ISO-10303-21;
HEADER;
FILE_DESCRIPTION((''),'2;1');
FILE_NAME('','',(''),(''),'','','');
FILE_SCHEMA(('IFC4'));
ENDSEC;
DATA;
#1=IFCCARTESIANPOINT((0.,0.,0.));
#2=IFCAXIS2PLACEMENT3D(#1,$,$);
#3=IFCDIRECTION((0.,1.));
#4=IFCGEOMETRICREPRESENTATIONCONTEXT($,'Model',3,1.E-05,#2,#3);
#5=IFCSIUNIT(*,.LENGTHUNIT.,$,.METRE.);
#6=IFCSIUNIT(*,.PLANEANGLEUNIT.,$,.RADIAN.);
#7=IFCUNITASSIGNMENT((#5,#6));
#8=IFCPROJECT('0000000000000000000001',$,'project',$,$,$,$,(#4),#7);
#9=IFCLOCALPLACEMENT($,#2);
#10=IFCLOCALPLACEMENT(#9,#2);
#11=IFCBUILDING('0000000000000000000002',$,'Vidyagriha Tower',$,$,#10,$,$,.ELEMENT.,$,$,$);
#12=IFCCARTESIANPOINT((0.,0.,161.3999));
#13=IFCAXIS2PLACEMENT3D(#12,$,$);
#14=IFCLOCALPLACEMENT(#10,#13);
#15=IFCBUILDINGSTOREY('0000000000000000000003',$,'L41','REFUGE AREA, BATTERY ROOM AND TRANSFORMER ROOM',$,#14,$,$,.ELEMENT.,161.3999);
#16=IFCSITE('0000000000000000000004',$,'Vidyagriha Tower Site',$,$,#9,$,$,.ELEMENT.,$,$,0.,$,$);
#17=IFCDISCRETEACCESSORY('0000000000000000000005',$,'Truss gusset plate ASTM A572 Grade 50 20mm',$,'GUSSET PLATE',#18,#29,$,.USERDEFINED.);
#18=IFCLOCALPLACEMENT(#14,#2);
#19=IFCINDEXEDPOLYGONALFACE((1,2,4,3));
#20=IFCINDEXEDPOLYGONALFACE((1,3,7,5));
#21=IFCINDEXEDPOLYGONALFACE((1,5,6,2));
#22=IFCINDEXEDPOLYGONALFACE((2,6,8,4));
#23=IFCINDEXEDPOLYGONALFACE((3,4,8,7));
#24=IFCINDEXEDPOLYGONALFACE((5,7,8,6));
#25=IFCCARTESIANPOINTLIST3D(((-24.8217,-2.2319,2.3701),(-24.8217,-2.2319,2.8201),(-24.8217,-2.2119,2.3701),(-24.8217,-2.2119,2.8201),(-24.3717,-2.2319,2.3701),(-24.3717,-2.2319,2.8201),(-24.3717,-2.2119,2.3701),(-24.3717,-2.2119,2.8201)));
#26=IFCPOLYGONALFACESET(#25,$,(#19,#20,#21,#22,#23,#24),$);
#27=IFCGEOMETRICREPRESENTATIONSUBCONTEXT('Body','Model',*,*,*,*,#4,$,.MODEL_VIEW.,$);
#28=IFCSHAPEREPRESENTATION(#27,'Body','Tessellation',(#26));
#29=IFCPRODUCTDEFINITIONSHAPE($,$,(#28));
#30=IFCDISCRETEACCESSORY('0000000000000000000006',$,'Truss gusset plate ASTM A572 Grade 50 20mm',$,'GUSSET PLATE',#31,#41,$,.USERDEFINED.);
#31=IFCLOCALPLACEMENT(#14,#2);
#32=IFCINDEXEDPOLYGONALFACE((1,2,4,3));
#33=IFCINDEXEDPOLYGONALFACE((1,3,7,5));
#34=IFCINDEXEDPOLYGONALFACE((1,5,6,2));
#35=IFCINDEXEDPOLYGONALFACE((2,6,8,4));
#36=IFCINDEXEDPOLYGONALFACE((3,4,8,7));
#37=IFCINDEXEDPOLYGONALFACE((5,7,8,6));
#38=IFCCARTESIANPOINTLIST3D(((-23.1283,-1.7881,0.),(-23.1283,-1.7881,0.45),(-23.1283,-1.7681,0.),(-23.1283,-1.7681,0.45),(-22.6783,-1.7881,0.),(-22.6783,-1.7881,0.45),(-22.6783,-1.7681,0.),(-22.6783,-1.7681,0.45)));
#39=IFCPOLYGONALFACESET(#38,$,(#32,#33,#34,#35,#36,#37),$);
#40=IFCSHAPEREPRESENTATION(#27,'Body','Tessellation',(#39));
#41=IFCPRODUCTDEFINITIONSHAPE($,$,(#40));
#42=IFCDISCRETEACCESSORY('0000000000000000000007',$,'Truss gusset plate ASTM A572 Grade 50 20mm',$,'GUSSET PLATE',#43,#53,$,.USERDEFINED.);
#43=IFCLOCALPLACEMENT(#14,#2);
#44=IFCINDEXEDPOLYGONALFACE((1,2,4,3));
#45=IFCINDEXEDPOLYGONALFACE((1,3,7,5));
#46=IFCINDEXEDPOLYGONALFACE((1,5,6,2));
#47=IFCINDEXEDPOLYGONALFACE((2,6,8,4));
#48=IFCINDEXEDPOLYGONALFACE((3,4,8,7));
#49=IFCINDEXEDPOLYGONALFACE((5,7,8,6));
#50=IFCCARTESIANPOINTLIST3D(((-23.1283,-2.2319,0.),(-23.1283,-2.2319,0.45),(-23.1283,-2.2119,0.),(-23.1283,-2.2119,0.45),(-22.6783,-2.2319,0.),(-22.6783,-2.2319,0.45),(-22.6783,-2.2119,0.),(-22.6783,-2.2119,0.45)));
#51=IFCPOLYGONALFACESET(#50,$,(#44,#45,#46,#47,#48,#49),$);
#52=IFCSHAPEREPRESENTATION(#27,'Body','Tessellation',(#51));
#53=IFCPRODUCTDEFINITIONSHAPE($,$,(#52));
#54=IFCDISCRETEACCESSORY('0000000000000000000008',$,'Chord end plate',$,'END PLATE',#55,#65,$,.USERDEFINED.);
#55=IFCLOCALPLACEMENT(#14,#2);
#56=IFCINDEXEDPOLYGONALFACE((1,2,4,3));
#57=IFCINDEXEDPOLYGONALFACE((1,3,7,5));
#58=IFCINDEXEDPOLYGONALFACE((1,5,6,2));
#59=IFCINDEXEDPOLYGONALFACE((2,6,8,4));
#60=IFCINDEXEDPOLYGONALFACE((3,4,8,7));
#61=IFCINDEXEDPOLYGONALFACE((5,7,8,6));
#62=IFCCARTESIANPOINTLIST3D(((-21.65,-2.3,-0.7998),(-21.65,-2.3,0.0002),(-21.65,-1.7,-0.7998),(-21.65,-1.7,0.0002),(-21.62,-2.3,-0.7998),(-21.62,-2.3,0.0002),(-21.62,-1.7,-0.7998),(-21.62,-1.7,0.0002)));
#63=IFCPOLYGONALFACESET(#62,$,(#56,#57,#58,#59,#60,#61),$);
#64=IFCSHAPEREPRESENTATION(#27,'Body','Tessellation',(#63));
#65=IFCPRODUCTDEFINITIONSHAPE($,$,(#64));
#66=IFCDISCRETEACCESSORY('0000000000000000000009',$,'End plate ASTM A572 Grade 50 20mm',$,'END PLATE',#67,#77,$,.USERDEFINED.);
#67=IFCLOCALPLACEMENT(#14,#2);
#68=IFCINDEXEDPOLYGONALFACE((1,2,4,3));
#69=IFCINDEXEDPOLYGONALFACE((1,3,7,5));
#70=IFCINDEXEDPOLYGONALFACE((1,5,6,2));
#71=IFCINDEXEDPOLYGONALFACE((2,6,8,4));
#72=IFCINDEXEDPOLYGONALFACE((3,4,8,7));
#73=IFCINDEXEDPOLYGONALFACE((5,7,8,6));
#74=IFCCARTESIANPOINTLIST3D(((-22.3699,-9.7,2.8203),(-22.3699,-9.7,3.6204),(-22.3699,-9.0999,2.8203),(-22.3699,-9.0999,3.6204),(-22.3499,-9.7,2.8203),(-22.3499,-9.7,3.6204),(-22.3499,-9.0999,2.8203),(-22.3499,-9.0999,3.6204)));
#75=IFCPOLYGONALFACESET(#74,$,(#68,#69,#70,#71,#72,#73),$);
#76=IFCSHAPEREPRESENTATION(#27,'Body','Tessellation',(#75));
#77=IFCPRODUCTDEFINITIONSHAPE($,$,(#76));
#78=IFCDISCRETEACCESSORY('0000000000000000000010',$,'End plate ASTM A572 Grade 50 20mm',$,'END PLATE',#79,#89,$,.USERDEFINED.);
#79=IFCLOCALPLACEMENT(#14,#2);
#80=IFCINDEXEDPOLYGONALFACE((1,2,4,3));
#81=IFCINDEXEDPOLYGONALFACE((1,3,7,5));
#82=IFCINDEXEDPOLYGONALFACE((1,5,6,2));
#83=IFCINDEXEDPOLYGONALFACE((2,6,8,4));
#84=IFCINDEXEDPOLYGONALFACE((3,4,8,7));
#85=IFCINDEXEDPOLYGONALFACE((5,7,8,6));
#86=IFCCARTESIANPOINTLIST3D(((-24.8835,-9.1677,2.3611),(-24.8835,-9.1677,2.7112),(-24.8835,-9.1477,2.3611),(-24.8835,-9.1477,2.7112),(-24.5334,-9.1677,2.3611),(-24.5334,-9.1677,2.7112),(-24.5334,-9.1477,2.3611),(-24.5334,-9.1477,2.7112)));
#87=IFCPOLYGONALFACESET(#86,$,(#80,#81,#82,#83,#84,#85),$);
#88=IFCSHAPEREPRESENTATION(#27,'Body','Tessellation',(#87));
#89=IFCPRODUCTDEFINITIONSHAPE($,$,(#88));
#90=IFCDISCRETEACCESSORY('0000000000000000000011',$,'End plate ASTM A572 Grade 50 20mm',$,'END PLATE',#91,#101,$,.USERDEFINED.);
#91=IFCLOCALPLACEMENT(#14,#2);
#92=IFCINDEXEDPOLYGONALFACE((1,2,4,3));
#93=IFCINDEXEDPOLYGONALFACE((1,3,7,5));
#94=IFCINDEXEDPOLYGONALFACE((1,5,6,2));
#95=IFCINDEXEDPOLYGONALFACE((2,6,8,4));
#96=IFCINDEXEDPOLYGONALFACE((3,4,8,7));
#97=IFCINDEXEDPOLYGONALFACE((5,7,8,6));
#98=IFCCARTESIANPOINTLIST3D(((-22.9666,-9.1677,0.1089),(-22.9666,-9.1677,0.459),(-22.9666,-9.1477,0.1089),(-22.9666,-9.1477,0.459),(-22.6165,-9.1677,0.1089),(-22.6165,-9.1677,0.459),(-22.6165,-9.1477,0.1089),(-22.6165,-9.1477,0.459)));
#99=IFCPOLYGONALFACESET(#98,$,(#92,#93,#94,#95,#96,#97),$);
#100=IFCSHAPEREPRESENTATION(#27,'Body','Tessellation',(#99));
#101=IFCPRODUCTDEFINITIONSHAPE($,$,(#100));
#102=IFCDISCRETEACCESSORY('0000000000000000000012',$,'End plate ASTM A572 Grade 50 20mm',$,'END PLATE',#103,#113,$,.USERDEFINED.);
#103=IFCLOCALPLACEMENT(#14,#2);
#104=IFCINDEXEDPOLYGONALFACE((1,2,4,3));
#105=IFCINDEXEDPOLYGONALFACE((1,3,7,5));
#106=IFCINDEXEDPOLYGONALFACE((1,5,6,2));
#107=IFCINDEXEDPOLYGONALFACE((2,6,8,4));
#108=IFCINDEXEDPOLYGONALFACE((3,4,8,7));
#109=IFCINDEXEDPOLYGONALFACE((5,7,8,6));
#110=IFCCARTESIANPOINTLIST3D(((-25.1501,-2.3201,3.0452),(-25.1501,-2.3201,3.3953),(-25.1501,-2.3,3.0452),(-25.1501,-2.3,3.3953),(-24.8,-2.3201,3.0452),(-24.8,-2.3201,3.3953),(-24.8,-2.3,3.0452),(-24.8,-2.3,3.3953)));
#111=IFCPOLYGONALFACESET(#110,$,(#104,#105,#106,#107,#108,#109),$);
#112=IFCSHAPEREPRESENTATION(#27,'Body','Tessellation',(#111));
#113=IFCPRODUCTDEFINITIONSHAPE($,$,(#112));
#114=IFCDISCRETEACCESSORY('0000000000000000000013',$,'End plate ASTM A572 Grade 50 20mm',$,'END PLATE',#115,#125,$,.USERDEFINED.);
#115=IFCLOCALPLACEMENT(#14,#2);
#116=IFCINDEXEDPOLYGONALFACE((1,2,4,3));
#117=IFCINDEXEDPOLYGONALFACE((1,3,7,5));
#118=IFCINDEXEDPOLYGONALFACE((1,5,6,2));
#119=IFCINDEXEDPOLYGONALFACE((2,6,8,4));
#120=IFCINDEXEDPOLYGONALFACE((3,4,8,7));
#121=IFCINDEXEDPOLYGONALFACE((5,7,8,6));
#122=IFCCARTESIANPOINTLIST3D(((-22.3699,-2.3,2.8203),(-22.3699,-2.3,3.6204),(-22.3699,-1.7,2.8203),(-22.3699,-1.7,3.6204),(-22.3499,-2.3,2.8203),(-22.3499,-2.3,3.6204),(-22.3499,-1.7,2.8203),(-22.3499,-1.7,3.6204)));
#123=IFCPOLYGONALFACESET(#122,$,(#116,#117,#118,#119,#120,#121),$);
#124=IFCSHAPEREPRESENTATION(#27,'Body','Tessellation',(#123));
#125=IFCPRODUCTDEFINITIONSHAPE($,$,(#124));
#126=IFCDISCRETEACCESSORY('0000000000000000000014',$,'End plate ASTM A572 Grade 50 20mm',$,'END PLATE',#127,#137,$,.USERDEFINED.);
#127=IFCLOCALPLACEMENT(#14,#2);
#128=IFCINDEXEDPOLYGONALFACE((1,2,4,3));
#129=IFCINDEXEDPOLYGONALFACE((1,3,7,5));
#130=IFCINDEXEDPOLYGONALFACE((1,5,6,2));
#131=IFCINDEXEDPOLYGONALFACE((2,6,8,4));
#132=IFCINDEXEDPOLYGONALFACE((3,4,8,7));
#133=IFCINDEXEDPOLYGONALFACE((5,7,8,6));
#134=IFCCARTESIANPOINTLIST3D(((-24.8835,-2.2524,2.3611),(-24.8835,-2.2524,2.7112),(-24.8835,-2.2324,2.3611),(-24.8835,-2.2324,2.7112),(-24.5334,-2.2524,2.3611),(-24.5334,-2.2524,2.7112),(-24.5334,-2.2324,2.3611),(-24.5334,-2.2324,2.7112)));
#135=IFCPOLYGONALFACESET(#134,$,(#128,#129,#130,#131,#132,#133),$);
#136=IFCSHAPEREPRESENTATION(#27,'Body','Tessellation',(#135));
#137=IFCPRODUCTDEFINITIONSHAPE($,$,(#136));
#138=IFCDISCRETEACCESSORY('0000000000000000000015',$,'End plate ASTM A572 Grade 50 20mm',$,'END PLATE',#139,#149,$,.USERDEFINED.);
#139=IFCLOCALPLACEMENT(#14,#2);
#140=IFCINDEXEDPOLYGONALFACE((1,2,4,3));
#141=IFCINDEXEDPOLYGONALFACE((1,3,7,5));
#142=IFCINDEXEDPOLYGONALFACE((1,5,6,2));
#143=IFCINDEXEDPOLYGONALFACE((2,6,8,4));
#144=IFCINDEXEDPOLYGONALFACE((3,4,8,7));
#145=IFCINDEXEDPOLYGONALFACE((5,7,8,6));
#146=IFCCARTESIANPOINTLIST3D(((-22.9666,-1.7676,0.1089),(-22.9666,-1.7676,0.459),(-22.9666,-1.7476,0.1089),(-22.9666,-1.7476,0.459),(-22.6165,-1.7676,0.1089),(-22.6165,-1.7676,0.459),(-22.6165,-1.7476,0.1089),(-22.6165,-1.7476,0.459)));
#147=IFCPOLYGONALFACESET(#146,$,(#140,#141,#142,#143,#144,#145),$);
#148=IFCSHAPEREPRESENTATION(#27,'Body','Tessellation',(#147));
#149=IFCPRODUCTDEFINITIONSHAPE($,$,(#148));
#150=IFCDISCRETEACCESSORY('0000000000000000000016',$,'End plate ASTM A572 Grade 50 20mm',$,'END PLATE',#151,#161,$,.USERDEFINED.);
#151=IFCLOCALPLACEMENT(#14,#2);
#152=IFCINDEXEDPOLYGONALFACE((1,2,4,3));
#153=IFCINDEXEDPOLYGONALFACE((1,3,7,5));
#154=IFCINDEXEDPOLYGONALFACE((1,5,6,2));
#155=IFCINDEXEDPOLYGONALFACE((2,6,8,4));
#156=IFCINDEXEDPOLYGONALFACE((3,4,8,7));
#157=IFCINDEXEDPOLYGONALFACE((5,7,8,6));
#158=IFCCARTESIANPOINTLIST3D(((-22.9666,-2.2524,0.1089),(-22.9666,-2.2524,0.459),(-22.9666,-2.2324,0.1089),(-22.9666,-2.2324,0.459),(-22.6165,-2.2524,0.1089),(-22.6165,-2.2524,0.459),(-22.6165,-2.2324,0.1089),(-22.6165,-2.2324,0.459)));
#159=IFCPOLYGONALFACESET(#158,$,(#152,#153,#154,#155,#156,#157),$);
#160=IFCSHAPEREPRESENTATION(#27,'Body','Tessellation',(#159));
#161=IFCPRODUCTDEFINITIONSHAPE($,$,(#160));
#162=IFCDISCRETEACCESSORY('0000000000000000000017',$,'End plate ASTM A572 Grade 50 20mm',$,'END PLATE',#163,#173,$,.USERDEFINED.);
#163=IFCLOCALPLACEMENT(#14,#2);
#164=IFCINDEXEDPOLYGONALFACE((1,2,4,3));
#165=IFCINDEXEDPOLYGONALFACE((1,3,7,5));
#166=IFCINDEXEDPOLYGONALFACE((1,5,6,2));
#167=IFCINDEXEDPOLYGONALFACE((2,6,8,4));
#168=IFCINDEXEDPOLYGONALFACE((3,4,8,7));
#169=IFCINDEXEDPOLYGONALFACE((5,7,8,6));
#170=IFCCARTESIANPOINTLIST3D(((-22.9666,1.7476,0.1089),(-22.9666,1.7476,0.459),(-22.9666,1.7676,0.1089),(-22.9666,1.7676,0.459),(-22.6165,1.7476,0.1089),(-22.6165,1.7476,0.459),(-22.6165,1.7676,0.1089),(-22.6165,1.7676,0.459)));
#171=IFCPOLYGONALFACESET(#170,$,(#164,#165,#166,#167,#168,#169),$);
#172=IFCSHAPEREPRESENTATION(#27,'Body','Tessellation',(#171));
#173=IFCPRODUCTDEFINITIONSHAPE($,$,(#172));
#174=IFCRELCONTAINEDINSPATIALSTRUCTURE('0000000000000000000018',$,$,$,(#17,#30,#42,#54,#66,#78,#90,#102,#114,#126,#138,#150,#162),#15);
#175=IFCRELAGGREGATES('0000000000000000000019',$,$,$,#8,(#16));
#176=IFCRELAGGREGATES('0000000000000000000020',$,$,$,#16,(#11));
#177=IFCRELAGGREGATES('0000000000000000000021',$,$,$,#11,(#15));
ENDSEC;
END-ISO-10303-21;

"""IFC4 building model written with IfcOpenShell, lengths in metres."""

from ifc_helpers import new_model, si_unit, direction, frame, origin, origin_2d, place, context, subcontext, project, spatial, rectangle, extrude, element, save


model = new_model("IFC4")

# Units and contexts
model_context = context("Model", 3, precision=1e-05, world=origin(), true_north=direction((0.0, 1.0)))
body_context = subcontext(model_context, "Body", "Model", "MODEL_VIEW")
ifc_project = project(units=[si_unit("LENGTHUNIT", "METRE"), si_unit("PLANEANGLEUNIT", "RADIAN")], contexts=[model_context])

# Site, building, storey
site_placement = place(None, origin())
site = spatial("IfcSite", under=ifc_project, at=site_placement, Name="Vidyagriha Tower Site", CompositionType="ELEMENT", RefElevation=0.0)
building_placement = place(site_placement, origin())
building = spatial("IfcBuilding", under=site, at=building_placement, Name="Vidyagriha Tower", CompositionType="ELEMENT")
storey_placement = place(building_placement, frame((0.0, 0.0, 161.3999)))
storey = spatial("IfcBuildingStorey", under=building, at=storey_placement, Name="L41", Description="REFUGE AREA, BATTERY ROOM AND TRANSFORMER ROOM", CompositionType="ELEMENT", Elevation=161.3999)

# Discrete accessories
for number, where, name in (
    (1, (-24.5967, -2.2219, 2.3701), "Truss gusset plate ASTM A572 Grade 50 20mm"),
    (2, (-22.9033, -1.7781, 0.0), "Truss gusset plate ASTM A572 Grade 50 20mm"),
    (3, (-22.9033, -2.2219, 0.0), "Truss gusset plate ASTM A572 Grade 50 20mm"),
):
    element("IfcDiscreteAccessory", number, at=place(storey_placement, frame(where)), inside=storey, Name=name, ObjectType="GUSSET PLATE", PredefinedType="USERDEFINED", context=body_context, shape_type="SweptSolid", body=[
        extrude(rectangle(XDim=0.45, YDim=0.02, at=origin_2d()), origin(), (0.0, 0.0, 1.0), 0.45),
    ])
discrete_accessory_1_placement = place(storey_placement, frame((-21.635, -2.0, -0.7998)))
element("IfcDiscreteAccessory", 4, at=discrete_accessory_1_placement, inside=storey, Name="Chord end plate", ObjectType="END PLATE", PredefinedType="USERDEFINED", context=body_context, shape_type="SweptSolid", body=[
    extrude(rectangle(XDim=0.03, YDim=0.6001, at=origin_2d()), origin(), (0.0, 0.0, 1.0), 0.8),
])
discrete_accessory_2_placement = place(storey_placement, frame((-22.3599, -9.3999, 2.8203)))
element("IfcDiscreteAccessory", 5, at=discrete_accessory_2_placement, inside=storey, Name="End plate ASTM A572 Grade 50 20mm", ObjectType="END PLATE", PredefinedType="USERDEFINED", context=body_context, shape_type="SweptSolid", body=[
    extrude(rectangle(XDim=0.02, YDim=0.6001, at=origin_2d()), origin(), (0.0, 0.0, 1.0), 0.8),
])
discrete_accessory_3_placement = place(storey_placement, frame((-24.7085, -9.1577, 2.3611), z_axis=(0.0, 0.0, 1.0), x_axis=(-1.0, 0.0, 0.0)))
element("IfcDiscreteAccessory", 6, at=discrete_accessory_3_placement, inside=storey, Name="End plate ASTM A572 Grade 50 20mm", ObjectType="END PLATE", PredefinedType="USERDEFINED", context=body_context, shape_type="SweptSolid", body=[
    extrude(rectangle(XDim=0.3501, YDim=0.02, at=origin_2d()), origin(), (0.0, 0.0, 1.0), 0.3501),
])
discrete_accessory_4_placement = place(storey_placement, frame((-22.7915, -9.1577, 0.1089)))
element("IfcDiscreteAccessory", 7, at=discrete_accessory_4_placement, inside=storey, Name="End plate ASTM A572 Grade 50 20mm", ObjectType="END PLATE", PredefinedType="USERDEFINED", context=body_context, shape_type="SweptSolid", body=[
    extrude(rectangle(XDim=0.3501, YDim=0.02, at=origin_2d()), origin(), (0.0, 0.0, 1.0), 0.3501),
])
discrete_accessory_5_placement = place(storey_placement, frame((-24.9751, -2.3101, 3.0452), z_axis=(0.0, 0.0, 1.0), x_axis=(-1.0, 0.0, 0.0)))
element("IfcDiscreteAccessory", 8, at=discrete_accessory_5_placement, inside=storey, Name="End plate ASTM A572 Grade 50 20mm", ObjectType="END PLATE", PredefinedType="USERDEFINED", context=body_context, shape_type="SweptSolid", body=[
    extrude(rectangle(XDim=0.3501, YDim=0.02, at=origin_2d()), origin(), (0.0, 0.0, 1.0), 0.3501),
])
discrete_accessory_6_placement = place(storey_placement, frame((-22.3599, -2.0, 2.8203)))
element("IfcDiscreteAccessory", 9, at=discrete_accessory_6_placement, inside=storey, Name="End plate ASTM A572 Grade 50 20mm", ObjectType="END PLATE", PredefinedType="USERDEFINED", context=body_context, shape_type="SweptSolid", body=[
    extrude(rectangle(XDim=0.02, YDim=0.6001, at=origin_2d()), origin(), (0.0, 0.0, 1.0), 0.8),
])
discrete_accessory_7_placement = place(storey_placement, frame((-24.7085, -2.2424, 2.3611), z_axis=(0.0, 0.0, 1.0), x_axis=(-1.0, 0.0, 0.0)))
element("IfcDiscreteAccessory", 10, at=discrete_accessory_7_placement, inside=storey, Name="End plate ASTM A572 Grade 50 20mm", ObjectType="END PLATE", PredefinedType="USERDEFINED", context=body_context, shape_type="SweptSolid", body=[
    extrude(rectangle(XDim=0.3501, YDim=0.02, at=origin_2d()), origin(), (0.0, 0.0, 1.0), 0.3501),
])
for number, where, name in (
    (11, (-22.7915, -1.7576, 0.1089), "End plate ASTM A572 Grade 50 20mm"),
    (12, (-22.7915, -2.2424, 0.1089), "End plate ASTM A572 Grade 50 20mm"),
    (13, (-22.7915, 1.7576, 0.1089), "End plate ASTM A572 Grade 50 20mm"),
):
    element("IfcDiscreteAccessory", number, at=place(storey_placement, frame(where)), inside=storey, Name=name, ObjectType="END PLATE", PredefinedType="USERDEFINED", context=body_context, shape_type="SweptSolid", body=[
        extrude(rectangle(XDim=0.3501, YDim=0.02, at=origin_2d()), origin(), (0.0, 0.0, 1.0), 0.3501),
    ])

save(model, "model.ifc")
